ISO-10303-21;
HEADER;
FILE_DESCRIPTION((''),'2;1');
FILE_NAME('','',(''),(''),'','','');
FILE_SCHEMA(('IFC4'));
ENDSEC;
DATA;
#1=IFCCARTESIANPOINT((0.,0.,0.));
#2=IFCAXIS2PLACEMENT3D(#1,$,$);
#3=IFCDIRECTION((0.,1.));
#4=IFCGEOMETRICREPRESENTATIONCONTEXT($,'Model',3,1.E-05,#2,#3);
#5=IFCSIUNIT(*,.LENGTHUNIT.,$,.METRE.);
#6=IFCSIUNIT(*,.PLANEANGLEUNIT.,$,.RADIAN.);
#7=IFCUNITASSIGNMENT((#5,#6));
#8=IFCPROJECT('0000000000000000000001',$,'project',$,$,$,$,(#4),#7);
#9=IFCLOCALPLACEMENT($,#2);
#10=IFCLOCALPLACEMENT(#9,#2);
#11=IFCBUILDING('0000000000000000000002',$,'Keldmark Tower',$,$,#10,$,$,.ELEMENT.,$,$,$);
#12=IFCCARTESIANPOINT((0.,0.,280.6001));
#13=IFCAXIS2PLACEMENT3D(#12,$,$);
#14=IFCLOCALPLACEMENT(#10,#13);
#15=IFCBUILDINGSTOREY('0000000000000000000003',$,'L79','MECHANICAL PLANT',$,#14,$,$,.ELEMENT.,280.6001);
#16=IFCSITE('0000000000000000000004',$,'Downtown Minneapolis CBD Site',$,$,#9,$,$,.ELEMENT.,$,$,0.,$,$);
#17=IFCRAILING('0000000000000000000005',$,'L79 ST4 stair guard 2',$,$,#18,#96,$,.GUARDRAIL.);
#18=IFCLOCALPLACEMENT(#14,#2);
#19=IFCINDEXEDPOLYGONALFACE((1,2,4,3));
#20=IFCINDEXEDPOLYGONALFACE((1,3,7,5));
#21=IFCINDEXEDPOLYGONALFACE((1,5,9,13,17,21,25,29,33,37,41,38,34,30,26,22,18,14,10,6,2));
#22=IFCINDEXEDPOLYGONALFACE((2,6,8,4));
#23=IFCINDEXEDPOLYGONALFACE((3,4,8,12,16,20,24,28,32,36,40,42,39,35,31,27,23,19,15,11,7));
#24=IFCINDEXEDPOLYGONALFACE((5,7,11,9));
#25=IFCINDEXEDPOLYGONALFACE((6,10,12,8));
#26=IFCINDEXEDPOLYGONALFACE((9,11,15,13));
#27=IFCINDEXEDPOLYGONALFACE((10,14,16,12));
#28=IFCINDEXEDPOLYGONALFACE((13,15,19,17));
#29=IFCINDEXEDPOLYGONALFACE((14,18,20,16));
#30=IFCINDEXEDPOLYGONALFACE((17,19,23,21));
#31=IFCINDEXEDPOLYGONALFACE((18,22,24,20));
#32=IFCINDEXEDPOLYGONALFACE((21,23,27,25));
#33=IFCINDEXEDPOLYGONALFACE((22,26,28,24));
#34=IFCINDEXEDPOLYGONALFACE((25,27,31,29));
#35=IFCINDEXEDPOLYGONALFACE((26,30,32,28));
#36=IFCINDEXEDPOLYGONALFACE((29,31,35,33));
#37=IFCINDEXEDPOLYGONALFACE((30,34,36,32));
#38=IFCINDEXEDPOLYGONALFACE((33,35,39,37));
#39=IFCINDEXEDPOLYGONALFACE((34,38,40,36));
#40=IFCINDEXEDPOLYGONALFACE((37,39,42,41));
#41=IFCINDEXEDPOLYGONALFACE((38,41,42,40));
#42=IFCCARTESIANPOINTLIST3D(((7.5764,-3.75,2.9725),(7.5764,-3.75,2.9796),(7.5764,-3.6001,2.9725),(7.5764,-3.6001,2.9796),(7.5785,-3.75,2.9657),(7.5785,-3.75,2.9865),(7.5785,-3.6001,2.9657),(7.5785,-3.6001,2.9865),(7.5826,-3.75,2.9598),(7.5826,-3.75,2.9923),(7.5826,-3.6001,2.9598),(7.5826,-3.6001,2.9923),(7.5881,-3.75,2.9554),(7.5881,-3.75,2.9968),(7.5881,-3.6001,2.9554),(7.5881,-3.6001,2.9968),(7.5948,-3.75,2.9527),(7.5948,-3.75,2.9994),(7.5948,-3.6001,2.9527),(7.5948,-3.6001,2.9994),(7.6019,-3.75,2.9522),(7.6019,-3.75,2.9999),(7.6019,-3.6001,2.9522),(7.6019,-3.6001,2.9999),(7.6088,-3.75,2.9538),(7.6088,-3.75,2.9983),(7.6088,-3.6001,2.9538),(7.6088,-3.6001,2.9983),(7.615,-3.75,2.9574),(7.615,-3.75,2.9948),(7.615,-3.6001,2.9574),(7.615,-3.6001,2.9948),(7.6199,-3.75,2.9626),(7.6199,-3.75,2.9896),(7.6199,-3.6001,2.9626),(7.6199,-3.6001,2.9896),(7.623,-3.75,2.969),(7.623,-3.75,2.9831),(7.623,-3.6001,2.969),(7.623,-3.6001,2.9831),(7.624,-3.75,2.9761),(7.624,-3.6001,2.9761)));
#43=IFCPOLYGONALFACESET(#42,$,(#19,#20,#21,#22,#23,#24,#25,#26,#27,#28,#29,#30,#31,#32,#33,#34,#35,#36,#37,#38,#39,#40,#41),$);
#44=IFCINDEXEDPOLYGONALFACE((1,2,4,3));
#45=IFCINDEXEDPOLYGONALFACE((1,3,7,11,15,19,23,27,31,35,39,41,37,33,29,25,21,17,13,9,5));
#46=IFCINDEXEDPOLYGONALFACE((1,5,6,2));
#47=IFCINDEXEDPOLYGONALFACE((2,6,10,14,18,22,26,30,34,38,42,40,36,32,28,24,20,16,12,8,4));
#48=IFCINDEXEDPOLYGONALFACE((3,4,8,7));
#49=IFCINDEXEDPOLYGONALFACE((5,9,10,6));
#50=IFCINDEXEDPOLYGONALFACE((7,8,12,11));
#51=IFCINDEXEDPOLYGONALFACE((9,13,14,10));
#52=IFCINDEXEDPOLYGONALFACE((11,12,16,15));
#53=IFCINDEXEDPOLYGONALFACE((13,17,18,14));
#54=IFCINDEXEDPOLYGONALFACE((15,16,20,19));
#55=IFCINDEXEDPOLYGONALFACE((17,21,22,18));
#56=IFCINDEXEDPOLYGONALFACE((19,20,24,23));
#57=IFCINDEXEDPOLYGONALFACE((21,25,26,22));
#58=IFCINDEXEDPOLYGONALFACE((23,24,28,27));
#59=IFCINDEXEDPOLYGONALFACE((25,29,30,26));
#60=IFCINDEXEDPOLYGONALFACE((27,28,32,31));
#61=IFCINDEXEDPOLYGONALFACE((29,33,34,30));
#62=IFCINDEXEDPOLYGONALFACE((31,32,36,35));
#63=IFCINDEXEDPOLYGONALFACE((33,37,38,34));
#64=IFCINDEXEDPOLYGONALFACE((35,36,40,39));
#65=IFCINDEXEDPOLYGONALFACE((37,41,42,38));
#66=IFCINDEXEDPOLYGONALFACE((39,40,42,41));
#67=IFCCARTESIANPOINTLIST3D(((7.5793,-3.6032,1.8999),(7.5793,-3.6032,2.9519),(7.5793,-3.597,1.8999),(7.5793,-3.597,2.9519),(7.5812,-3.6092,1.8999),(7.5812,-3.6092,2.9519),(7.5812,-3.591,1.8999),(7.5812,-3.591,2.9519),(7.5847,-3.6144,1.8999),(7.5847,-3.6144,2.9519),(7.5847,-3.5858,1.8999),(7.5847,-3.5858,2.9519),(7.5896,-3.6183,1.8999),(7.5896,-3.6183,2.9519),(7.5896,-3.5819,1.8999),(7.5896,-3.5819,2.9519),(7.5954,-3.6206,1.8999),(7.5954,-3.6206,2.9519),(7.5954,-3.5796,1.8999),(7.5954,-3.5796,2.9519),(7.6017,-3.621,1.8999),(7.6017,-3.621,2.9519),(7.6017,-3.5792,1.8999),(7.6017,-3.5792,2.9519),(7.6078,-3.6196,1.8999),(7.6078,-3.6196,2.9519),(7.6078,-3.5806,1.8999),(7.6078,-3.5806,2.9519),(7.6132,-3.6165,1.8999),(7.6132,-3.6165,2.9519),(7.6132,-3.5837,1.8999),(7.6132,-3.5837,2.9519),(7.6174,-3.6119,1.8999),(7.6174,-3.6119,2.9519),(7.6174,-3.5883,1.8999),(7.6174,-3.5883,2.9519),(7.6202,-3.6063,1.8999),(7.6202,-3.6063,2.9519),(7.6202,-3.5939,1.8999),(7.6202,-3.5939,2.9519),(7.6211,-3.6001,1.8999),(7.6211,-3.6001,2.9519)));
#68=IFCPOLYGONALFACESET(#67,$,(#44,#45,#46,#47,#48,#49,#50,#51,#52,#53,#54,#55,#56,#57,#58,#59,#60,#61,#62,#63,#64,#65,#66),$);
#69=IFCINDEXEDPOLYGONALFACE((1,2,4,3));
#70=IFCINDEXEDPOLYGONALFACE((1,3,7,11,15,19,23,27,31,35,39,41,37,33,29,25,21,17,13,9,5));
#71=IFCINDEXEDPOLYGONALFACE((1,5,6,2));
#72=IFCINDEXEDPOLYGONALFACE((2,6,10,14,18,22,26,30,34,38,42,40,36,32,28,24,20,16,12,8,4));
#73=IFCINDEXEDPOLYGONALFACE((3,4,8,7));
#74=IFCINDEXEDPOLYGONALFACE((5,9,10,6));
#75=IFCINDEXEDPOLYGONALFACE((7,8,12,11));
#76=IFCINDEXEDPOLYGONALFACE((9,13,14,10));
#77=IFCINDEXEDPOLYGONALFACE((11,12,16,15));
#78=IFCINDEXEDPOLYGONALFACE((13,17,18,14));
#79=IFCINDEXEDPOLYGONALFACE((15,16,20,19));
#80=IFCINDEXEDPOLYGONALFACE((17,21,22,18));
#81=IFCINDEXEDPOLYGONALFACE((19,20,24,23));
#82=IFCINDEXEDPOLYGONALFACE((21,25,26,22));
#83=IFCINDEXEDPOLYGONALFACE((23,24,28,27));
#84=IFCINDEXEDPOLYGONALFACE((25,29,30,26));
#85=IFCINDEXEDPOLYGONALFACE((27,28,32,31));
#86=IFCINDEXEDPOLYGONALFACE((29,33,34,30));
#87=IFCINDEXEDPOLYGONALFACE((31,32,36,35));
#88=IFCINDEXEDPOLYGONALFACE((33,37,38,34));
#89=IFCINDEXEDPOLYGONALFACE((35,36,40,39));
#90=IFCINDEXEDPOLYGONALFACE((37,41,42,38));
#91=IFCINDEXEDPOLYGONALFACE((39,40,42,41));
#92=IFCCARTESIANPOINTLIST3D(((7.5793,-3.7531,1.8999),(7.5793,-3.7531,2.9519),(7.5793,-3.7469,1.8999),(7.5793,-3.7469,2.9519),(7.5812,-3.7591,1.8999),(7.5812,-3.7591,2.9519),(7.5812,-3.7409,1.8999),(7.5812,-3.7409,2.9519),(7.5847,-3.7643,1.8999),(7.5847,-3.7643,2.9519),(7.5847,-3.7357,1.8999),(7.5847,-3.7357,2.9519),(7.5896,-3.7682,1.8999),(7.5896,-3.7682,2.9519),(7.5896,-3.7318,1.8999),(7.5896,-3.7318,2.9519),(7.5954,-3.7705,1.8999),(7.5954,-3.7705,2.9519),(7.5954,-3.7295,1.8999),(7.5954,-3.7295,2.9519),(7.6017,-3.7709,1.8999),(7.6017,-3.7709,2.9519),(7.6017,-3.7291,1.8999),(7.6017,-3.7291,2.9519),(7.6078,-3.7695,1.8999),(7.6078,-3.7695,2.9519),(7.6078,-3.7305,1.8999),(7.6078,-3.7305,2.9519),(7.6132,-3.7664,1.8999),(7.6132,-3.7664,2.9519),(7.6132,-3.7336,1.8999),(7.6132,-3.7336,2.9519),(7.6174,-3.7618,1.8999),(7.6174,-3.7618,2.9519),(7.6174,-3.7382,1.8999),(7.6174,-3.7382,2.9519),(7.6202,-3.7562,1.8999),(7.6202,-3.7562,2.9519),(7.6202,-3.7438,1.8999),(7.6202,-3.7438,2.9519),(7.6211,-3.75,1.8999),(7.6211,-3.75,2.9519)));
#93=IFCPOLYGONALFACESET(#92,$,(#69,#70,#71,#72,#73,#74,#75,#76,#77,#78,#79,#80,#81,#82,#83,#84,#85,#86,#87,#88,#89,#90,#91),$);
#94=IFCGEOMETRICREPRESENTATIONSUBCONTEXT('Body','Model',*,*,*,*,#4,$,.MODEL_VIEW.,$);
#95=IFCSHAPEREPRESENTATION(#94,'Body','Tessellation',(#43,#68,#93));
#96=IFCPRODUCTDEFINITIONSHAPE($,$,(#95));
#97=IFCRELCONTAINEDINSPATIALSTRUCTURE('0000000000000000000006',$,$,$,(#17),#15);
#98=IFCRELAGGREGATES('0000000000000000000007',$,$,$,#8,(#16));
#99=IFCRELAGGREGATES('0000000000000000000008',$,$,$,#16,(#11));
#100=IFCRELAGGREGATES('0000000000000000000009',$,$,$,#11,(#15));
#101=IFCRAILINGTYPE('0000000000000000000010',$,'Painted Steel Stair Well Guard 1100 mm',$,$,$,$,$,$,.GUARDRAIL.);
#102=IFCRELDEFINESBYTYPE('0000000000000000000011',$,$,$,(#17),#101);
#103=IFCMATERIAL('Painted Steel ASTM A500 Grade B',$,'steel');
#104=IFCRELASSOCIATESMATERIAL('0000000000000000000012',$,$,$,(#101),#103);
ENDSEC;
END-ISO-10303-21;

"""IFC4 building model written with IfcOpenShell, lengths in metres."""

from ifc_helpers import new_model, si_unit, direction, frame, origin, origin_2d, place, context, subcontext, project, spatial, circle, extrude, material, type_object, element, save


model = new_model("IFC4")

# Units and contexts
model_context = context("Model", 3, precision=1e-05, world=origin(), true_north=direction((0.0, 1.0)))
body_context = subcontext(model_context, "Body", "Model", "MODEL_VIEW")
ifc_project = project(units=[si_unit("LENGTHUNIT", "METRE"), si_unit("PLANEANGLEUNIT", "RADIAN")], contexts=[model_context])

# Site, building, storey
site_placement = place(None, origin())
site = spatial("IfcSite", under=ifc_project, at=site_placement, Name="Downtown Minneapolis CBD Site", CompositionType="ELEMENT", RefElevation=0.0)
building_placement = place(site_placement, origin())
building = spatial("IfcBuilding", under=site, at=building_placement, Name="Keldmark Tower", CompositionType="ELEMENT")
storey_placement = place(building_placement, frame((0.0, 0.0, 280.6001)))
storey = spatial("IfcBuildingStorey", under=building, at=storey_placement, Name="L79", Description="MECHANICAL PLANT", CompositionType="ELEMENT", Elevation=280.6001)

# Railing
ifc_material_1 = material(Name="Painted Steel ASTM A500 Grade B", Category="steel")
railing_type_1 = type_object("IfcRailingType", Name="Painted Steel Stair Well Guard 1100 mm", PredefinedType="GUARDRAIL", material=ifc_material_1)
railing_1_placement = place(storey_placement, frame((7.6001, -3.6001, 1.8999)))
element("IfcRailing", 1, at=railing_1_placement, inside=storey, type_object=railing_type_1, Name="L79 ST4 stair guard 2", PredefinedType="GUARDRAIL", context=body_context, shape_type="SweptSolid", body=[
    extrude(circle(Radius=0.0239, at=origin_2d()), frame((0.0, 0.0, 1.0762), z_axis=(0.0, -1.0, 0.0), x_axis=(1.0, 0.0, 0.0)), (0.0, 0.0, 1.0), 0.1499),
    extrude(circle(Radius=0.021, at=origin_2d()), origin(), (0.0, 0.0, 1.0), 1.052),
    extrude(circle(Radius=0.021, at=origin_2d()), frame((0.0, -0.1499, 0.0)), (0.0, 0.0, 1.0), 1.052),
])

save(model, "model.ifc")
